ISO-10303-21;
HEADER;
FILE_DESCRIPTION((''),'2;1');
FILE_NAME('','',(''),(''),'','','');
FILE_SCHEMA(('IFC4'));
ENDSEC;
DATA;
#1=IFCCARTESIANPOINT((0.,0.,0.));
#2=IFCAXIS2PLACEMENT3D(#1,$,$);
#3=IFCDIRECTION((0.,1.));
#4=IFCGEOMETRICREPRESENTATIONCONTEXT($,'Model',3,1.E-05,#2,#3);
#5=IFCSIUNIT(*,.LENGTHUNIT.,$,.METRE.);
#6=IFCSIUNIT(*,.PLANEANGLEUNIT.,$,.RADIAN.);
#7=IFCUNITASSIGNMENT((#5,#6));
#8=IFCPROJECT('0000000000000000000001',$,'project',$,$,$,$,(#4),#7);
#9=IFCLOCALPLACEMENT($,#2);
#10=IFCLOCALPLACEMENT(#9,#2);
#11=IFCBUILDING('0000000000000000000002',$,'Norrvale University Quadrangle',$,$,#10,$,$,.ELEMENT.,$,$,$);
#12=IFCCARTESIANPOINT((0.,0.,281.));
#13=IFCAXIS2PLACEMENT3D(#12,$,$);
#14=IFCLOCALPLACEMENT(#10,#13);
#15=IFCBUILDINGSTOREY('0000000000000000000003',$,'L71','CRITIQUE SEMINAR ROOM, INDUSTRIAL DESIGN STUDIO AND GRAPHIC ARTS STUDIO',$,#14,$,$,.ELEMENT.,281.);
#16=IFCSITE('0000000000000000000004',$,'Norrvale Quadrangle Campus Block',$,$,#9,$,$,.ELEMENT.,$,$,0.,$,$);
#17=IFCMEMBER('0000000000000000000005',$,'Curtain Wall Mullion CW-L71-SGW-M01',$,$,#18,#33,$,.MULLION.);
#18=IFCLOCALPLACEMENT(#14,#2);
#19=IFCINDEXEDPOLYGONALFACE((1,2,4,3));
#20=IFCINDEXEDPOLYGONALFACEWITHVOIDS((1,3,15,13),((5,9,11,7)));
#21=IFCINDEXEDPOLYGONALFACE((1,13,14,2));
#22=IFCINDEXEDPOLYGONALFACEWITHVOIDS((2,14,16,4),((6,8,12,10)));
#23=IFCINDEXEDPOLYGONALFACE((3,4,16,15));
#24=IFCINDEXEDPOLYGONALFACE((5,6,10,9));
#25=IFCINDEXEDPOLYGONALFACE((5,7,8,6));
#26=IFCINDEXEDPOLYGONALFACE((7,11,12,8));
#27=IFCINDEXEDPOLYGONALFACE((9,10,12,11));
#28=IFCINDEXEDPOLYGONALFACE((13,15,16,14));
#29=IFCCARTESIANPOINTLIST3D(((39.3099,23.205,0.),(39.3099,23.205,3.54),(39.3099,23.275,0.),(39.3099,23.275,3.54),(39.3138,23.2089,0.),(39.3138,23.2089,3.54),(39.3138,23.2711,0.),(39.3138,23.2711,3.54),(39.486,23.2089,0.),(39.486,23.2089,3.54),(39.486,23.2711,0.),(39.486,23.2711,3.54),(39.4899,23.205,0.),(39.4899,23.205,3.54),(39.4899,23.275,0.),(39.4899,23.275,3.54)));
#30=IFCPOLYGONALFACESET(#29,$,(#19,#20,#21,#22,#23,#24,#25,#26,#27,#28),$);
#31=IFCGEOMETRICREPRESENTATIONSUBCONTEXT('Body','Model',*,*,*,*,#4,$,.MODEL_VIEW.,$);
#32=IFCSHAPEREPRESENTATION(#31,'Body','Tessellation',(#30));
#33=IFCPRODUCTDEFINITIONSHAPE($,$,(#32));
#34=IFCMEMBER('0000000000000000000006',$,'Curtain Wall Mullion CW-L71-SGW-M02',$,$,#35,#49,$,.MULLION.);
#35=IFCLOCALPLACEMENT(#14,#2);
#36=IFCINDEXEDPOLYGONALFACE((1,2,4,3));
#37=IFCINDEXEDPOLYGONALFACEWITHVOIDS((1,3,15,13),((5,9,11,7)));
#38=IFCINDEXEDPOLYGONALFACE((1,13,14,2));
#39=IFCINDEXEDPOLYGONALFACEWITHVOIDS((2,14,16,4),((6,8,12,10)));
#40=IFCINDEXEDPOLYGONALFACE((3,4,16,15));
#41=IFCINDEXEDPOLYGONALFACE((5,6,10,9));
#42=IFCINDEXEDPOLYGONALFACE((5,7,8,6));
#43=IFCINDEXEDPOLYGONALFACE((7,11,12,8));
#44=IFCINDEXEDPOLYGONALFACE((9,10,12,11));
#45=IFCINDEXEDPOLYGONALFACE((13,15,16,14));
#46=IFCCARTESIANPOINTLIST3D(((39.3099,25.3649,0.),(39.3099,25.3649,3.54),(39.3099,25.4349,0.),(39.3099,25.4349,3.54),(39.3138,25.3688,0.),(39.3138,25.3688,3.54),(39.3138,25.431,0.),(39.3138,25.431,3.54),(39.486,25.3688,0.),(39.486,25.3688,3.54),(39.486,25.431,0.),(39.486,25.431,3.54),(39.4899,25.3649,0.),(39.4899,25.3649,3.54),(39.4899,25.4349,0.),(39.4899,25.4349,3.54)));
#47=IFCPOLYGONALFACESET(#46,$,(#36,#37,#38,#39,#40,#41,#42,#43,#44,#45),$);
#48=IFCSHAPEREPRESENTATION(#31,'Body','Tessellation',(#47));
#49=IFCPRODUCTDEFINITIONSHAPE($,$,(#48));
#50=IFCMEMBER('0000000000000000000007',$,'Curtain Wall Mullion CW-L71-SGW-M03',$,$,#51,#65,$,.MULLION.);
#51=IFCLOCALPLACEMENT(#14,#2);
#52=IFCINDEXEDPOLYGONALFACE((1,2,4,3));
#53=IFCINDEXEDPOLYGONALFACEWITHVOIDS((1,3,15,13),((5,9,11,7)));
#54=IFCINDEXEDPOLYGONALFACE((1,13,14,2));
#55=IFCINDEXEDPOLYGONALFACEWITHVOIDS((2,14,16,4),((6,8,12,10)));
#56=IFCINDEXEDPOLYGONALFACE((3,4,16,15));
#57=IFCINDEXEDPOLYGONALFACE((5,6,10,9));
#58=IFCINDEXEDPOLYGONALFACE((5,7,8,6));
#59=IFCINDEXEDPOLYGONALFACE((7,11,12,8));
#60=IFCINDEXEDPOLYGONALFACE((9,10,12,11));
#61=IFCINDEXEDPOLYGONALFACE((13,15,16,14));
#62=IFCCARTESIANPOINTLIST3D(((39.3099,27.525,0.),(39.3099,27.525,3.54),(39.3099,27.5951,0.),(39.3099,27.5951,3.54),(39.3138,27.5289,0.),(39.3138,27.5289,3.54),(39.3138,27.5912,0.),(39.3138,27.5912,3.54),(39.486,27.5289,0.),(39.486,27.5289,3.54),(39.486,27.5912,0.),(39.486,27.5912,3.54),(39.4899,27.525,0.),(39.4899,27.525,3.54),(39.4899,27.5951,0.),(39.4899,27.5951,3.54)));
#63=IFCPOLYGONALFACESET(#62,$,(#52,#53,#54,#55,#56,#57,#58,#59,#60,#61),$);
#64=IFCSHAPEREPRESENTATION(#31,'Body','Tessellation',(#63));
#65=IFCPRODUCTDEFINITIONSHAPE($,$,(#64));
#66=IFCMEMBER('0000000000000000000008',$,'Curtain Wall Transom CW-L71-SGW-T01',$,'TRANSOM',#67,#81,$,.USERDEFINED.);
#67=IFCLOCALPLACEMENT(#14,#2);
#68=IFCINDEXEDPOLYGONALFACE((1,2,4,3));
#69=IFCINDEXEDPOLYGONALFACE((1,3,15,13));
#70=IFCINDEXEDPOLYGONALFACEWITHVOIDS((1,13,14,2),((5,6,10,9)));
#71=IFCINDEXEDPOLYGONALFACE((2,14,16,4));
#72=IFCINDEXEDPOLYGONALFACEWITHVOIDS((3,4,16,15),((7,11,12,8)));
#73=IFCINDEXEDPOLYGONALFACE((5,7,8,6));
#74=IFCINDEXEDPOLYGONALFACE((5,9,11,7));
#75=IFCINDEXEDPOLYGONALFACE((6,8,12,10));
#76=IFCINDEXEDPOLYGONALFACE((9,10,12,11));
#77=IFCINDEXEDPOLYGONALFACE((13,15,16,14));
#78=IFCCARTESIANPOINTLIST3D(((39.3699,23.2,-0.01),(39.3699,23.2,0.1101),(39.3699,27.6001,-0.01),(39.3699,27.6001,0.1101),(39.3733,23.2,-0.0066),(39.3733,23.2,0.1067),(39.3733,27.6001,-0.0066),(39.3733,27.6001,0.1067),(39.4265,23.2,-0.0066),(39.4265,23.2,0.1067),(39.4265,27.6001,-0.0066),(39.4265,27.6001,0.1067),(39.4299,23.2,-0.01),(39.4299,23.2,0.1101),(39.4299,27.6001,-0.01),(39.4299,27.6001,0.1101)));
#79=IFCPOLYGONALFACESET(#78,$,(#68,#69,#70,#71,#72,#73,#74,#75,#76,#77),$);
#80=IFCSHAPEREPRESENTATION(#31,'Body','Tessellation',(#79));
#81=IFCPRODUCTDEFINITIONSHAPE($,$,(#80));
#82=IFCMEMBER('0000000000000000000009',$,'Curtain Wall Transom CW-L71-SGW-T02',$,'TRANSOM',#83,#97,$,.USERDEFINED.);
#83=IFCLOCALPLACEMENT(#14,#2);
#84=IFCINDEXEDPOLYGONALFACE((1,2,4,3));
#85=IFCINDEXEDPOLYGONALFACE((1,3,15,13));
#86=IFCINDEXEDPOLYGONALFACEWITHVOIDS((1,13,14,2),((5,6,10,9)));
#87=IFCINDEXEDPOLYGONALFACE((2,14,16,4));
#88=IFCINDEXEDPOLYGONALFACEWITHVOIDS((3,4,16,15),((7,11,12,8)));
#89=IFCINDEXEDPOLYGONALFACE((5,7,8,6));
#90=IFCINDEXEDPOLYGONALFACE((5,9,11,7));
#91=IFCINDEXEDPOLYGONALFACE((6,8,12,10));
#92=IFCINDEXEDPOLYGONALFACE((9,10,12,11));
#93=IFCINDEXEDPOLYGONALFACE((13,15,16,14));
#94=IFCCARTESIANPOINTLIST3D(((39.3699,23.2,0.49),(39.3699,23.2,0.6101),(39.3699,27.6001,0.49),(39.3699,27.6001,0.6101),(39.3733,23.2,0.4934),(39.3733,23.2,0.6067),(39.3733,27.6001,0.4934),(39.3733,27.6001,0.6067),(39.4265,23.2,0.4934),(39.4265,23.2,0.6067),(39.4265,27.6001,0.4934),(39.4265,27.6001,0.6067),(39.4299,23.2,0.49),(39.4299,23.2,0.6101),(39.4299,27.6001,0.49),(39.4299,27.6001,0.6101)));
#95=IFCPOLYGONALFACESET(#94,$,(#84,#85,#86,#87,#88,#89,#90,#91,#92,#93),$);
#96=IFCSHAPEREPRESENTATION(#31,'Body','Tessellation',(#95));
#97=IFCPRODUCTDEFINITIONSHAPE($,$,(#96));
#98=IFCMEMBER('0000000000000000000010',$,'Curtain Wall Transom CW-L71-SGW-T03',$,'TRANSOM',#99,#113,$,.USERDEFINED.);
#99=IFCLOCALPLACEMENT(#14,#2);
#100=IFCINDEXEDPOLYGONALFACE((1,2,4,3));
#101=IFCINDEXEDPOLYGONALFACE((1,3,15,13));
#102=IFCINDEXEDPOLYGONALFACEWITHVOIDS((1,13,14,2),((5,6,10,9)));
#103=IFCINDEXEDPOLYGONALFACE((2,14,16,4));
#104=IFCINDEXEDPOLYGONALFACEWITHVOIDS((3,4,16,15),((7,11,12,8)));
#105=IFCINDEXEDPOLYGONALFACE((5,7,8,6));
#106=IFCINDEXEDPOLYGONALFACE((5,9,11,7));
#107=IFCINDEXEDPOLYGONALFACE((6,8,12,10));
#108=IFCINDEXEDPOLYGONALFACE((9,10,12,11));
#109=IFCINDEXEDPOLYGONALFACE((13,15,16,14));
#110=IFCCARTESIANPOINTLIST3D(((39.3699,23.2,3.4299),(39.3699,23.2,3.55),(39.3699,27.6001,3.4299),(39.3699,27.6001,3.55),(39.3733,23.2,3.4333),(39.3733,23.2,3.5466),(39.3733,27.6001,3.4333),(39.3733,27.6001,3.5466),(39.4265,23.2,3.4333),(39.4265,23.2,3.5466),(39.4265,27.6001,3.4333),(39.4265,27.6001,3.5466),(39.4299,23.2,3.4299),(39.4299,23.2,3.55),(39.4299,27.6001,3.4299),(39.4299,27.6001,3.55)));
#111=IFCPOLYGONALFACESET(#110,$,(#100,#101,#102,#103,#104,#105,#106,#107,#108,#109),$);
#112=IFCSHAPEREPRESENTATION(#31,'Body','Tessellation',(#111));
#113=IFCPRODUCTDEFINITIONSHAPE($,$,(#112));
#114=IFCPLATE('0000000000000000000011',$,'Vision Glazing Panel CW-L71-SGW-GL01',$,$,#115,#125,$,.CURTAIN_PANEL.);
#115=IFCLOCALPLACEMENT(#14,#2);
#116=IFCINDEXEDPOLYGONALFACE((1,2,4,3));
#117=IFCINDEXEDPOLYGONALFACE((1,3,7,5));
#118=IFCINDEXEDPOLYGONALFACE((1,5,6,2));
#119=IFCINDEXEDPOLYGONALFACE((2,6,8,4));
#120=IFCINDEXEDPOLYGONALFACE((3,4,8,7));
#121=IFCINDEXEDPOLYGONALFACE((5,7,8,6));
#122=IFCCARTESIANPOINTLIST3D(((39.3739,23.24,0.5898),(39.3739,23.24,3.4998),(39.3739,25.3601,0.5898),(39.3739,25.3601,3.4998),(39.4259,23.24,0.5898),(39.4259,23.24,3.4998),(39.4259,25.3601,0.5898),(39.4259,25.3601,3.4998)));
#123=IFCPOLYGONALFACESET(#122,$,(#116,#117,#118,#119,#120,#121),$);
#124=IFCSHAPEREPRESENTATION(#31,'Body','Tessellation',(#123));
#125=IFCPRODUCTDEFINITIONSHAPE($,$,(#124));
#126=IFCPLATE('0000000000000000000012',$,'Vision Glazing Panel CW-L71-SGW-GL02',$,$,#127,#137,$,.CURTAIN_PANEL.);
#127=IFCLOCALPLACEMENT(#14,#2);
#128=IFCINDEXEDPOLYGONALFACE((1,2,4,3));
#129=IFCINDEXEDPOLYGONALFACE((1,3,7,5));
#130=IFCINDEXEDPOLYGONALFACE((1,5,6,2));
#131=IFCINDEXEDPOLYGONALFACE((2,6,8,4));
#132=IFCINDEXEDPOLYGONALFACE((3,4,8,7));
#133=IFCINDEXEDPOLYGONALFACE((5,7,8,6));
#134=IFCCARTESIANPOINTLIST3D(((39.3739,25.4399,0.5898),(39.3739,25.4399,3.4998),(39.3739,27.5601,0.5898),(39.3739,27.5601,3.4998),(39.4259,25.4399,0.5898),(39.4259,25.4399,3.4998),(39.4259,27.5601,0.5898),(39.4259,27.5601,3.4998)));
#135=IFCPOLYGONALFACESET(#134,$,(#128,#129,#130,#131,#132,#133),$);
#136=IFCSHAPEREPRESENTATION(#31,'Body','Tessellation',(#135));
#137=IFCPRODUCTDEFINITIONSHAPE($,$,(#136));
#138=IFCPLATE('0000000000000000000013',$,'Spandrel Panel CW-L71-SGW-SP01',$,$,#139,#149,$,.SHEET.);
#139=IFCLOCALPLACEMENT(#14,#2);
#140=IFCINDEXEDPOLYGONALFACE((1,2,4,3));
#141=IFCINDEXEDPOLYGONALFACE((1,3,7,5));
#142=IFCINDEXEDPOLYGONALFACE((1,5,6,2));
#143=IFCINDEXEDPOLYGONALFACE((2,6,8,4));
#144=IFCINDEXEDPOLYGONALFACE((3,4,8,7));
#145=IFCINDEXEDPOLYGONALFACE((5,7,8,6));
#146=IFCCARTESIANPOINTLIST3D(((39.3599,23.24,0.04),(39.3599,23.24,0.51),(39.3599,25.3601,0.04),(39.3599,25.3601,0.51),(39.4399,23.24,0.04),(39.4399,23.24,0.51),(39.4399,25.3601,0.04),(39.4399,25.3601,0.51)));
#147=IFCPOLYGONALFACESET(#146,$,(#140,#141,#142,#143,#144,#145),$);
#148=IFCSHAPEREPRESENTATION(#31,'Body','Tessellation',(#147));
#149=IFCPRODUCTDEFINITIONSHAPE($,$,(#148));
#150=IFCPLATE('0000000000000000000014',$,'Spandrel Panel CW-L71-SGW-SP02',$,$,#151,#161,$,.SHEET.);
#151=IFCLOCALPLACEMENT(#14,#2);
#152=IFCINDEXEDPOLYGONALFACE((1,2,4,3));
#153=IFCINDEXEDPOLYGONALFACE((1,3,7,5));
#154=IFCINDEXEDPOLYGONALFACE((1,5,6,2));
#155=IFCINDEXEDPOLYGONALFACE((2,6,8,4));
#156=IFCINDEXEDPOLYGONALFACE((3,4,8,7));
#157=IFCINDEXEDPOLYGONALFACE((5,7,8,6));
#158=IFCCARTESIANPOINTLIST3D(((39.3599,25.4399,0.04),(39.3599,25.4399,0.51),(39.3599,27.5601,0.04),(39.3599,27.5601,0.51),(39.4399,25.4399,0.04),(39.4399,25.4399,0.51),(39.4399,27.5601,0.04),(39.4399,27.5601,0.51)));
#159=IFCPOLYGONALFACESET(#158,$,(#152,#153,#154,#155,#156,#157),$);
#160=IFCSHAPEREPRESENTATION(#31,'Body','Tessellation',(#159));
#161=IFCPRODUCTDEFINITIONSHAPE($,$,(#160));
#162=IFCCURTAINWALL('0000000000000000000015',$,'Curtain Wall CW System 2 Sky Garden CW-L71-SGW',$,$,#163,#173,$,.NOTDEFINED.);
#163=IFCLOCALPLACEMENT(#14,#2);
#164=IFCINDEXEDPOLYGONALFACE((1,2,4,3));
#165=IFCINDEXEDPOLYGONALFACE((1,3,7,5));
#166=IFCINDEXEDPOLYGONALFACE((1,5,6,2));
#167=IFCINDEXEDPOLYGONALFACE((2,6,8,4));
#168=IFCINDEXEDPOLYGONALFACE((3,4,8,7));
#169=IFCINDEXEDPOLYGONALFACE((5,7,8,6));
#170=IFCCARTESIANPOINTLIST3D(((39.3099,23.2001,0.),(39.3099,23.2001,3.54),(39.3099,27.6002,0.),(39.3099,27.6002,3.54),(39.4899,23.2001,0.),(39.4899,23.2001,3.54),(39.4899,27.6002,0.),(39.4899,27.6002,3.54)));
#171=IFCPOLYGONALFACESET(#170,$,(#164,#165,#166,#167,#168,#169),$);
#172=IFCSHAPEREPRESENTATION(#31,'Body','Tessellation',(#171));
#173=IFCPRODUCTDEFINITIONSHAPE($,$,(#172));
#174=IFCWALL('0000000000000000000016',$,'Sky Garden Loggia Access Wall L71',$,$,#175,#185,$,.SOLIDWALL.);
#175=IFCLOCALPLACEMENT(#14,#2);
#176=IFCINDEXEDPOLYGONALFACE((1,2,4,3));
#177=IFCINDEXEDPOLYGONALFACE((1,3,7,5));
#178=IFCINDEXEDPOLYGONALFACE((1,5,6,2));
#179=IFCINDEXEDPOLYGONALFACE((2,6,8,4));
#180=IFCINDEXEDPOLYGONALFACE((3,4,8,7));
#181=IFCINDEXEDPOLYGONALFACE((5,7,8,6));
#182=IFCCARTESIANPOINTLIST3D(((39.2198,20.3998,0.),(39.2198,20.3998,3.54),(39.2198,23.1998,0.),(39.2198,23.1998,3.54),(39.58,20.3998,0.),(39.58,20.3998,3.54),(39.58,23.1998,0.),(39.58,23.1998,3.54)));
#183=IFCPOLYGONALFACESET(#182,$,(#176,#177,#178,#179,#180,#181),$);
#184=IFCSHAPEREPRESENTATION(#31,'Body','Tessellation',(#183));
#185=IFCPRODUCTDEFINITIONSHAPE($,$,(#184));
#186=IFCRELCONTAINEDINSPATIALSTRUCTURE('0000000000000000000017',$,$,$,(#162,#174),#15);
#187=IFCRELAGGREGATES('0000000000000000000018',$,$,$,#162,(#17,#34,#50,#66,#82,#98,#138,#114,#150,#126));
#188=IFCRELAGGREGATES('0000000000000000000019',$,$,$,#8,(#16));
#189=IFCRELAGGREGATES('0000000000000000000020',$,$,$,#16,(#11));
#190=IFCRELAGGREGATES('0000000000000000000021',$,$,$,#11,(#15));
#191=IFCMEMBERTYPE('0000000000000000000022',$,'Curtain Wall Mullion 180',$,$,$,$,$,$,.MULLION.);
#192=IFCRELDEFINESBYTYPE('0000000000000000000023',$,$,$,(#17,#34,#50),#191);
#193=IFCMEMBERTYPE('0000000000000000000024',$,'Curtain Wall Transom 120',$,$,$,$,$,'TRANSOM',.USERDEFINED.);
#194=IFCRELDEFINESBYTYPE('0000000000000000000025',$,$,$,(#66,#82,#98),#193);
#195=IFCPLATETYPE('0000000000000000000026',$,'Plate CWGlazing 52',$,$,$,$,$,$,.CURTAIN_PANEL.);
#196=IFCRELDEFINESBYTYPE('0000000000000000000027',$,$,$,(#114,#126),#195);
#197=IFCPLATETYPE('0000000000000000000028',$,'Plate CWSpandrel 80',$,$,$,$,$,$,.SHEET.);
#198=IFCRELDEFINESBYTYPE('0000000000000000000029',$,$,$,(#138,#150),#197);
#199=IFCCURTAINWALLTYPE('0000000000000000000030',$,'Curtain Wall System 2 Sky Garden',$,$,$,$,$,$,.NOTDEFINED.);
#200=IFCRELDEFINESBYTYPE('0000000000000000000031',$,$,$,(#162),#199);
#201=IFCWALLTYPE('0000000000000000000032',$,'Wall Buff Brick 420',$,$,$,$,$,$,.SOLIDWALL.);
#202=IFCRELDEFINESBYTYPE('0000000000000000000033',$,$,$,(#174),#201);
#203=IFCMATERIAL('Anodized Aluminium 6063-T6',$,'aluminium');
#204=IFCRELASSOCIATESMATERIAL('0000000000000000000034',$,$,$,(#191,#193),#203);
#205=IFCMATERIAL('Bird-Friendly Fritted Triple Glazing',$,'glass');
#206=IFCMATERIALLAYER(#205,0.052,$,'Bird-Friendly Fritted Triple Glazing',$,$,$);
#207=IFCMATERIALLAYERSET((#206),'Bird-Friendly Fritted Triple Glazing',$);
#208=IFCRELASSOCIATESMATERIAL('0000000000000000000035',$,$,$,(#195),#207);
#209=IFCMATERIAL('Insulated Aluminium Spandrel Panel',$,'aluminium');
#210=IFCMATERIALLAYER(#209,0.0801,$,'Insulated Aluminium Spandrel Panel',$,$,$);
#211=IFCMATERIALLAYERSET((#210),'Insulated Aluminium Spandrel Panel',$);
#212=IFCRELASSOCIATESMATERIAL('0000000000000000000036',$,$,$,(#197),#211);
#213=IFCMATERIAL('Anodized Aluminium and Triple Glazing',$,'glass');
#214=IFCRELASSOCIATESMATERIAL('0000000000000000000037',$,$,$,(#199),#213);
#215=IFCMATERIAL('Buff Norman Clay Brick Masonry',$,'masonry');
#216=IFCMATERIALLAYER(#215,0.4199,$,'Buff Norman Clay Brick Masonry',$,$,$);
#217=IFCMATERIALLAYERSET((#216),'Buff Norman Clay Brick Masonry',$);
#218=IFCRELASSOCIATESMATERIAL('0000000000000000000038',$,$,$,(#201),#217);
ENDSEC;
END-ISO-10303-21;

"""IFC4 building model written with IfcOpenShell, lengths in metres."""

from ifc_helpers import new_model, si_unit, direction, frame, frame_2d, origin, origin_2d, place, context, subcontext, project, spatial, rectangle, hollow_rectangle, extrude, material, layer, layer_set, material_profile, profile_set, type_object, element, aggregate, save


model = new_model("IFC4")

# Units and contexts
model_context = context("Model", 3, precision=1e-05, world=origin(), true_north=direction((0.0, 1.0)))
body_context = subcontext(model_context, "Body", "Model", "MODEL_VIEW")
ifc_project = project(units=[si_unit("LENGTHUNIT", "METRE"), si_unit("PLANEANGLEUNIT", "RADIAN")], contexts=[model_context])

# Site, building, storey
site_placement = place(None, origin())
site = spatial("IfcSite", under=ifc_project, at=site_placement, Name="Norrvale Quadrangle Campus Block", CompositionType="ELEMENT", RefElevation=0.0)
building_placement = place(site_placement, origin())
building = spatial("IfcBuilding", under=site, at=building_placement, Name="Norrvale University Quadrangle", CompositionType="ELEMENT")
storey_placement = place(building_placement, frame((0.0, 0.0, 281.0)))
storey = spatial("IfcBuildingStorey", under=building, at=storey_placement, Name="L71", Description="CRITIQUE SEMINAR ROOM, INDUSTRIAL DESIGN STUDIO AND GRAPHIC ARTS STUDIO", CompositionType="ELEMENT", Elevation=281.0)

# Members
ifc_material_1 = material(Name="Anodized Aluminium 6063-T6", Category="aluminium")
ifc_material_profile_1 = material_profile(ifc_material_1, hollow_rectangle(XDim=0.0701, YDim=0.1799, WallThickness=0.0039, at=origin_2d()), Name="Anodized Aluminium 6063-T6")
ifc_profile_set_1 = profile_set([ifc_material_profile_1], Name="Anodized Aluminium 6063-T6")
member_type_1 = type_object("IfcMemberType", Name="Curtain Wall Mullion 180", PredefinedType="MULLION", material=ifc_profile_set_1)
member_1_placement = place(storey_placement, frame((39.3999, 23.24, 0.0), z_axis=(0.0, 0.0, 1.0), x_axis=(0.0, 1.0, 0.0)))
member_1 = element("IfcMember", 1, at=member_1_placement, type_object=member_type_1, Name="Curtain Wall Mullion CW-L71-SGW-M01", PredefinedType="MULLION", context=body_context, shape_type="SweptSolid", body=[
    extrude(hollow_rectangle(XDim=0.0701, YDim=0.1799, WallThickness=0.0039, at=origin_2d()), origin(), (0.0, 0.0, 1.0), 3.54),
])
member_2_placement = place(storey_placement, frame((39.3999, 25.3999, 0.0), z_axis=(0.0, 0.0, 1.0), x_axis=(0.0, 1.0, 0.0)))
member_2 = element("IfcMember", 2, at=member_2_placement, type_object=member_type_1, Name="Curtain Wall Mullion CW-L71-SGW-M02", PredefinedType="MULLION", context=body_context, shape_type="SweptSolid", body=[
    extrude(hollow_rectangle(XDim=0.0701, YDim=0.1799, WallThickness=0.0039, at=origin_2d()), origin(), (0.0, 0.0, 1.0), 3.54),
])
member_3_placement = place(storey_placement, frame((39.3999, 27.5601, 0.0), z_axis=(0.0, 0.0, 1.0), x_axis=(0.0, 1.0, 0.0)))
member_3 = element("IfcMember", 3, at=member_3_placement, type_object=member_type_1, Name="Curtain Wall Mullion CW-L71-SGW-M03", PredefinedType="MULLION", context=body_context, shape_type="SweptSolid", body=[
    extrude(hollow_rectangle(XDim=0.0701, YDim=0.1799, WallThickness=0.0039, at=origin_2d()), origin(), (0.0, 0.0, 1.0), 3.54),
])
ifc_material_profile_2 = material_profile(ifc_material_1, hollow_rectangle(XDim=0.0601, YDim=0.1201, WallThickness=0.0034, at=origin_2d()), Name="Anodized Aluminium 6063-T6")
ifc_profile_set_2 = profile_set([ifc_material_profile_2], Name="Anodized Aluminium 6063-T6")
member_type_2 = type_object("IfcMemberType", Name="Curtain Wall Transom 120", ElementType="TRANSOM", PredefinedType="USERDEFINED", material=ifc_profile_set_2)
member_4_placement = place(storey_placement, frame((39.3999, 23.2, 0.05), z_axis=(0.0, 1.0, 0.0), x_axis=(-1.0, 0.0, 0.0)))
member_4 = element("IfcMember", 4, at=member_4_placement, type_object=member_type_2, Name="Curtain Wall Transom CW-L71-SGW-T01", ObjectType="TRANSOM", PredefinedType="USERDEFINED", context=body_context, shape_type="SweptSolid", body=[
    extrude(hollow_rectangle(XDim=0.0601, YDim=0.1201, WallThickness=0.0034, at=origin_2d()), origin(), (0.0, 0.0, 1.0), 4.4001),
])
member_5_placement = place(storey_placement, frame((39.3999, 23.2, 0.55), z_axis=(0.0, 1.0, 0.0), x_axis=(-1.0, 0.0, 0.0)))
member_5 = element("IfcMember", 5, at=member_5_placement, type_object=member_type_2, Name="Curtain Wall Transom CW-L71-SGW-T02", ObjectType="TRANSOM", PredefinedType="USERDEFINED", context=body_context, shape_type="SweptSolid", body=[
    extrude(hollow_rectangle(XDim=0.0601, YDim=0.1201, WallThickness=0.0034, at=origin_2d()), origin(), (0.0, 0.0, 1.0), 4.4001),
])
member_6_placement = place(storey_placement, frame((39.3999, 23.2, 3.49), z_axis=(0.0, 1.0, 0.0), x_axis=(-1.0, 0.0, 0.0)))
member_6 = element("IfcMember", 6, at=member_6_placement, type_object=member_type_2, Name="Curtain Wall Transom CW-L71-SGW-T03", ObjectType="TRANSOM", PredefinedType="USERDEFINED", context=body_context, shape_type="SweptSolid", body=[
    extrude(hollow_rectangle(XDim=0.0601, YDim=0.1201, WallThickness=0.0034, at=origin_2d()), origin(), (0.0, 0.0, 1.0), 4.4001),
])

# Plates
ifc_material_2 = material(Name="Bird-Friendly Fritted Triple Glazing", Category="glass")
ifc_layer_1 = layer(ifc_material_2, 0.052, Name="Bird-Friendly Fritted Triple Glazing")
ifc_layer_set_1 = layer_set([ifc_layer_1], Name="Bird-Friendly Fritted Triple Glazing")
plate_type_1 = type_object("IfcPlateType", Name="Plate CWGlazing 52", PredefinedType="CURTAIN_PANEL", material=ifc_layer_set_1)
plate_1_placement = place(storey_placement, frame((39.3999, 24.3, 0.5898), z_axis=(0.0, 0.0, 1.0), x_axis=(0.0, 1.0, 0.0)))
plate_1 = element("IfcPlate", 7, at=plate_1_placement, type_object=plate_type_1, Name="Vision Glazing Panel CW-L71-SGW-GL01", PredefinedType="CURTAIN_PANEL", context=body_context, shape_type="SweptSolid", body=[
    extrude(rectangle(XDim=2.1201, YDim=0.052, at=origin_2d()), origin(), (0.0, 0.0, 1.0), 2.9099),
])
plate_2_placement = place(storey_placement, frame((39.3999, 26.5, 0.5898), z_axis=(0.0, 0.0, 1.0), x_axis=(0.0, 1.0, 0.0)))
plate_2 = element("IfcPlate", 8, at=plate_2_placement, type_object=plate_type_1, Name="Vision Glazing Panel CW-L71-SGW-GL02", PredefinedType="CURTAIN_PANEL", context=body_context, shape_type="SweptSolid", body=[
    extrude(rectangle(XDim=2.1201, YDim=0.052, at=origin_2d()), origin(), (0.0, 0.0, 1.0), 2.9099),
])
ifc_material_3 = material(Name="Insulated Aluminium Spandrel Panel", Category="aluminium")
ifc_layer_2 = layer(ifc_material_3, 0.0801, Name="Insulated Aluminium Spandrel Panel")
ifc_layer_set_2 = layer_set([ifc_layer_2], Name="Insulated Aluminium Spandrel Panel")
plate_type_2 = type_object("IfcPlateType", Name="Plate CWSpandrel 80", PredefinedType="SHEET", material=ifc_layer_set_2)
plate_3_placement = place(storey_placement, frame((39.3999, 24.3, 0.04), z_axis=(0.0, 0.0, 1.0), x_axis=(0.0, 1.0, 0.0)))
plate_3 = element("IfcPlate", 9, at=plate_3_placement, type_object=plate_type_2, Name="Spandrel Panel CW-L71-SGW-SP01", PredefinedType="SHEET", context=body_context, shape_type="SweptSolid", body=[
    extrude(rectangle(XDim=2.1201, YDim=0.0801, at=origin_2d()), origin(), (0.0, 0.0, 1.0), 0.47),
])
plate_4_placement = place(storey_placement, frame((39.3999, 26.5, 0.04), z_axis=(0.0, 0.0, 1.0), x_axis=(0.0, 1.0, 0.0)))
plate_4 = element("IfcPlate", 10, at=plate_4_placement, type_object=plate_type_2, Name="Spandrel Panel CW-L71-SGW-SP02", PredefinedType="SHEET", context=body_context, shape_type="SweptSolid", body=[
    extrude(rectangle(XDim=2.1201, YDim=0.0801, at=origin_2d()), origin(), (0.0, 0.0, 1.0), 0.47),
])

# Curtain wall
ifc_material_4 = material(Name="Anodized Aluminium and Triple Glazing", Category="glass")
curtain_wall_type = type_object("IfcCurtainWallType", Name="Curtain Wall System 2 Sky Garden", PredefinedType="NOTDEFINED", material=ifc_material_4)
curtain_wall_1_placement = place(storey_placement, frame((39.3999, 23.2, 0.0), z_axis=(0.0, 0.0, 1.0), x_axis=(0.0, 1.0, 0.0)))
curtain_wall_1 = element("IfcCurtainWall", 11, at=curtain_wall_1_placement, inside=storey, type_object=curtain_wall_type, Name="Curtain Wall CW System 2 Sky Garden CW-L71-SGW", PredefinedType="NOTDEFINED", context=body_context, shape_type="SweptSolid", body=[
    extrude(rectangle(XDim=4.4001, YDim=0.1799, at=frame_2d((2.2002, 0.0))), origin(), (0.0, 0.0, 1.0), 3.54),
])
aggregate(curtain_wall_1, [member_1, member_2, member_3, member_4, member_5, member_6, plate_3, plate_1, plate_4, plate_2])

# Wall
ifc_material_5 = material(Name="Buff Norman Clay Brick Masonry", Category="masonry")
ifc_layer_3 = layer(ifc_material_5, 0.4199, Name="Buff Norman Clay Brick Masonry")
ifc_layer_set_3 = layer_set([ifc_layer_3], Name="Buff Norman Clay Brick Masonry")
wall_type = type_object("IfcWallType", Name="Wall Buff Brick 420", PredefinedType="SOLIDWALL", material=ifc_layer_set_3)
wall_placement = place(storey_placement, frame((39.3999, 20.3999, 0.0), z_axis=(0.0, 0.0, 1.0), x_axis=(0.0, 1.0, 0.0)))
element("IfcWall", 12, at=wall_placement, inside=storey, type_object=wall_type, Name="Sky Garden Loggia Access Wall L71", PredefinedType="SOLIDWALL", context=body_context, shape_type="SweptSolid", body=[
    extrude(rectangle(XDim=2.8, YDim=0.3601, at=frame_2d((1.3999, 0.0))), origin(), (0.0, 0.0, 1.0), 3.54),
])

save(model, "model.ifc")
